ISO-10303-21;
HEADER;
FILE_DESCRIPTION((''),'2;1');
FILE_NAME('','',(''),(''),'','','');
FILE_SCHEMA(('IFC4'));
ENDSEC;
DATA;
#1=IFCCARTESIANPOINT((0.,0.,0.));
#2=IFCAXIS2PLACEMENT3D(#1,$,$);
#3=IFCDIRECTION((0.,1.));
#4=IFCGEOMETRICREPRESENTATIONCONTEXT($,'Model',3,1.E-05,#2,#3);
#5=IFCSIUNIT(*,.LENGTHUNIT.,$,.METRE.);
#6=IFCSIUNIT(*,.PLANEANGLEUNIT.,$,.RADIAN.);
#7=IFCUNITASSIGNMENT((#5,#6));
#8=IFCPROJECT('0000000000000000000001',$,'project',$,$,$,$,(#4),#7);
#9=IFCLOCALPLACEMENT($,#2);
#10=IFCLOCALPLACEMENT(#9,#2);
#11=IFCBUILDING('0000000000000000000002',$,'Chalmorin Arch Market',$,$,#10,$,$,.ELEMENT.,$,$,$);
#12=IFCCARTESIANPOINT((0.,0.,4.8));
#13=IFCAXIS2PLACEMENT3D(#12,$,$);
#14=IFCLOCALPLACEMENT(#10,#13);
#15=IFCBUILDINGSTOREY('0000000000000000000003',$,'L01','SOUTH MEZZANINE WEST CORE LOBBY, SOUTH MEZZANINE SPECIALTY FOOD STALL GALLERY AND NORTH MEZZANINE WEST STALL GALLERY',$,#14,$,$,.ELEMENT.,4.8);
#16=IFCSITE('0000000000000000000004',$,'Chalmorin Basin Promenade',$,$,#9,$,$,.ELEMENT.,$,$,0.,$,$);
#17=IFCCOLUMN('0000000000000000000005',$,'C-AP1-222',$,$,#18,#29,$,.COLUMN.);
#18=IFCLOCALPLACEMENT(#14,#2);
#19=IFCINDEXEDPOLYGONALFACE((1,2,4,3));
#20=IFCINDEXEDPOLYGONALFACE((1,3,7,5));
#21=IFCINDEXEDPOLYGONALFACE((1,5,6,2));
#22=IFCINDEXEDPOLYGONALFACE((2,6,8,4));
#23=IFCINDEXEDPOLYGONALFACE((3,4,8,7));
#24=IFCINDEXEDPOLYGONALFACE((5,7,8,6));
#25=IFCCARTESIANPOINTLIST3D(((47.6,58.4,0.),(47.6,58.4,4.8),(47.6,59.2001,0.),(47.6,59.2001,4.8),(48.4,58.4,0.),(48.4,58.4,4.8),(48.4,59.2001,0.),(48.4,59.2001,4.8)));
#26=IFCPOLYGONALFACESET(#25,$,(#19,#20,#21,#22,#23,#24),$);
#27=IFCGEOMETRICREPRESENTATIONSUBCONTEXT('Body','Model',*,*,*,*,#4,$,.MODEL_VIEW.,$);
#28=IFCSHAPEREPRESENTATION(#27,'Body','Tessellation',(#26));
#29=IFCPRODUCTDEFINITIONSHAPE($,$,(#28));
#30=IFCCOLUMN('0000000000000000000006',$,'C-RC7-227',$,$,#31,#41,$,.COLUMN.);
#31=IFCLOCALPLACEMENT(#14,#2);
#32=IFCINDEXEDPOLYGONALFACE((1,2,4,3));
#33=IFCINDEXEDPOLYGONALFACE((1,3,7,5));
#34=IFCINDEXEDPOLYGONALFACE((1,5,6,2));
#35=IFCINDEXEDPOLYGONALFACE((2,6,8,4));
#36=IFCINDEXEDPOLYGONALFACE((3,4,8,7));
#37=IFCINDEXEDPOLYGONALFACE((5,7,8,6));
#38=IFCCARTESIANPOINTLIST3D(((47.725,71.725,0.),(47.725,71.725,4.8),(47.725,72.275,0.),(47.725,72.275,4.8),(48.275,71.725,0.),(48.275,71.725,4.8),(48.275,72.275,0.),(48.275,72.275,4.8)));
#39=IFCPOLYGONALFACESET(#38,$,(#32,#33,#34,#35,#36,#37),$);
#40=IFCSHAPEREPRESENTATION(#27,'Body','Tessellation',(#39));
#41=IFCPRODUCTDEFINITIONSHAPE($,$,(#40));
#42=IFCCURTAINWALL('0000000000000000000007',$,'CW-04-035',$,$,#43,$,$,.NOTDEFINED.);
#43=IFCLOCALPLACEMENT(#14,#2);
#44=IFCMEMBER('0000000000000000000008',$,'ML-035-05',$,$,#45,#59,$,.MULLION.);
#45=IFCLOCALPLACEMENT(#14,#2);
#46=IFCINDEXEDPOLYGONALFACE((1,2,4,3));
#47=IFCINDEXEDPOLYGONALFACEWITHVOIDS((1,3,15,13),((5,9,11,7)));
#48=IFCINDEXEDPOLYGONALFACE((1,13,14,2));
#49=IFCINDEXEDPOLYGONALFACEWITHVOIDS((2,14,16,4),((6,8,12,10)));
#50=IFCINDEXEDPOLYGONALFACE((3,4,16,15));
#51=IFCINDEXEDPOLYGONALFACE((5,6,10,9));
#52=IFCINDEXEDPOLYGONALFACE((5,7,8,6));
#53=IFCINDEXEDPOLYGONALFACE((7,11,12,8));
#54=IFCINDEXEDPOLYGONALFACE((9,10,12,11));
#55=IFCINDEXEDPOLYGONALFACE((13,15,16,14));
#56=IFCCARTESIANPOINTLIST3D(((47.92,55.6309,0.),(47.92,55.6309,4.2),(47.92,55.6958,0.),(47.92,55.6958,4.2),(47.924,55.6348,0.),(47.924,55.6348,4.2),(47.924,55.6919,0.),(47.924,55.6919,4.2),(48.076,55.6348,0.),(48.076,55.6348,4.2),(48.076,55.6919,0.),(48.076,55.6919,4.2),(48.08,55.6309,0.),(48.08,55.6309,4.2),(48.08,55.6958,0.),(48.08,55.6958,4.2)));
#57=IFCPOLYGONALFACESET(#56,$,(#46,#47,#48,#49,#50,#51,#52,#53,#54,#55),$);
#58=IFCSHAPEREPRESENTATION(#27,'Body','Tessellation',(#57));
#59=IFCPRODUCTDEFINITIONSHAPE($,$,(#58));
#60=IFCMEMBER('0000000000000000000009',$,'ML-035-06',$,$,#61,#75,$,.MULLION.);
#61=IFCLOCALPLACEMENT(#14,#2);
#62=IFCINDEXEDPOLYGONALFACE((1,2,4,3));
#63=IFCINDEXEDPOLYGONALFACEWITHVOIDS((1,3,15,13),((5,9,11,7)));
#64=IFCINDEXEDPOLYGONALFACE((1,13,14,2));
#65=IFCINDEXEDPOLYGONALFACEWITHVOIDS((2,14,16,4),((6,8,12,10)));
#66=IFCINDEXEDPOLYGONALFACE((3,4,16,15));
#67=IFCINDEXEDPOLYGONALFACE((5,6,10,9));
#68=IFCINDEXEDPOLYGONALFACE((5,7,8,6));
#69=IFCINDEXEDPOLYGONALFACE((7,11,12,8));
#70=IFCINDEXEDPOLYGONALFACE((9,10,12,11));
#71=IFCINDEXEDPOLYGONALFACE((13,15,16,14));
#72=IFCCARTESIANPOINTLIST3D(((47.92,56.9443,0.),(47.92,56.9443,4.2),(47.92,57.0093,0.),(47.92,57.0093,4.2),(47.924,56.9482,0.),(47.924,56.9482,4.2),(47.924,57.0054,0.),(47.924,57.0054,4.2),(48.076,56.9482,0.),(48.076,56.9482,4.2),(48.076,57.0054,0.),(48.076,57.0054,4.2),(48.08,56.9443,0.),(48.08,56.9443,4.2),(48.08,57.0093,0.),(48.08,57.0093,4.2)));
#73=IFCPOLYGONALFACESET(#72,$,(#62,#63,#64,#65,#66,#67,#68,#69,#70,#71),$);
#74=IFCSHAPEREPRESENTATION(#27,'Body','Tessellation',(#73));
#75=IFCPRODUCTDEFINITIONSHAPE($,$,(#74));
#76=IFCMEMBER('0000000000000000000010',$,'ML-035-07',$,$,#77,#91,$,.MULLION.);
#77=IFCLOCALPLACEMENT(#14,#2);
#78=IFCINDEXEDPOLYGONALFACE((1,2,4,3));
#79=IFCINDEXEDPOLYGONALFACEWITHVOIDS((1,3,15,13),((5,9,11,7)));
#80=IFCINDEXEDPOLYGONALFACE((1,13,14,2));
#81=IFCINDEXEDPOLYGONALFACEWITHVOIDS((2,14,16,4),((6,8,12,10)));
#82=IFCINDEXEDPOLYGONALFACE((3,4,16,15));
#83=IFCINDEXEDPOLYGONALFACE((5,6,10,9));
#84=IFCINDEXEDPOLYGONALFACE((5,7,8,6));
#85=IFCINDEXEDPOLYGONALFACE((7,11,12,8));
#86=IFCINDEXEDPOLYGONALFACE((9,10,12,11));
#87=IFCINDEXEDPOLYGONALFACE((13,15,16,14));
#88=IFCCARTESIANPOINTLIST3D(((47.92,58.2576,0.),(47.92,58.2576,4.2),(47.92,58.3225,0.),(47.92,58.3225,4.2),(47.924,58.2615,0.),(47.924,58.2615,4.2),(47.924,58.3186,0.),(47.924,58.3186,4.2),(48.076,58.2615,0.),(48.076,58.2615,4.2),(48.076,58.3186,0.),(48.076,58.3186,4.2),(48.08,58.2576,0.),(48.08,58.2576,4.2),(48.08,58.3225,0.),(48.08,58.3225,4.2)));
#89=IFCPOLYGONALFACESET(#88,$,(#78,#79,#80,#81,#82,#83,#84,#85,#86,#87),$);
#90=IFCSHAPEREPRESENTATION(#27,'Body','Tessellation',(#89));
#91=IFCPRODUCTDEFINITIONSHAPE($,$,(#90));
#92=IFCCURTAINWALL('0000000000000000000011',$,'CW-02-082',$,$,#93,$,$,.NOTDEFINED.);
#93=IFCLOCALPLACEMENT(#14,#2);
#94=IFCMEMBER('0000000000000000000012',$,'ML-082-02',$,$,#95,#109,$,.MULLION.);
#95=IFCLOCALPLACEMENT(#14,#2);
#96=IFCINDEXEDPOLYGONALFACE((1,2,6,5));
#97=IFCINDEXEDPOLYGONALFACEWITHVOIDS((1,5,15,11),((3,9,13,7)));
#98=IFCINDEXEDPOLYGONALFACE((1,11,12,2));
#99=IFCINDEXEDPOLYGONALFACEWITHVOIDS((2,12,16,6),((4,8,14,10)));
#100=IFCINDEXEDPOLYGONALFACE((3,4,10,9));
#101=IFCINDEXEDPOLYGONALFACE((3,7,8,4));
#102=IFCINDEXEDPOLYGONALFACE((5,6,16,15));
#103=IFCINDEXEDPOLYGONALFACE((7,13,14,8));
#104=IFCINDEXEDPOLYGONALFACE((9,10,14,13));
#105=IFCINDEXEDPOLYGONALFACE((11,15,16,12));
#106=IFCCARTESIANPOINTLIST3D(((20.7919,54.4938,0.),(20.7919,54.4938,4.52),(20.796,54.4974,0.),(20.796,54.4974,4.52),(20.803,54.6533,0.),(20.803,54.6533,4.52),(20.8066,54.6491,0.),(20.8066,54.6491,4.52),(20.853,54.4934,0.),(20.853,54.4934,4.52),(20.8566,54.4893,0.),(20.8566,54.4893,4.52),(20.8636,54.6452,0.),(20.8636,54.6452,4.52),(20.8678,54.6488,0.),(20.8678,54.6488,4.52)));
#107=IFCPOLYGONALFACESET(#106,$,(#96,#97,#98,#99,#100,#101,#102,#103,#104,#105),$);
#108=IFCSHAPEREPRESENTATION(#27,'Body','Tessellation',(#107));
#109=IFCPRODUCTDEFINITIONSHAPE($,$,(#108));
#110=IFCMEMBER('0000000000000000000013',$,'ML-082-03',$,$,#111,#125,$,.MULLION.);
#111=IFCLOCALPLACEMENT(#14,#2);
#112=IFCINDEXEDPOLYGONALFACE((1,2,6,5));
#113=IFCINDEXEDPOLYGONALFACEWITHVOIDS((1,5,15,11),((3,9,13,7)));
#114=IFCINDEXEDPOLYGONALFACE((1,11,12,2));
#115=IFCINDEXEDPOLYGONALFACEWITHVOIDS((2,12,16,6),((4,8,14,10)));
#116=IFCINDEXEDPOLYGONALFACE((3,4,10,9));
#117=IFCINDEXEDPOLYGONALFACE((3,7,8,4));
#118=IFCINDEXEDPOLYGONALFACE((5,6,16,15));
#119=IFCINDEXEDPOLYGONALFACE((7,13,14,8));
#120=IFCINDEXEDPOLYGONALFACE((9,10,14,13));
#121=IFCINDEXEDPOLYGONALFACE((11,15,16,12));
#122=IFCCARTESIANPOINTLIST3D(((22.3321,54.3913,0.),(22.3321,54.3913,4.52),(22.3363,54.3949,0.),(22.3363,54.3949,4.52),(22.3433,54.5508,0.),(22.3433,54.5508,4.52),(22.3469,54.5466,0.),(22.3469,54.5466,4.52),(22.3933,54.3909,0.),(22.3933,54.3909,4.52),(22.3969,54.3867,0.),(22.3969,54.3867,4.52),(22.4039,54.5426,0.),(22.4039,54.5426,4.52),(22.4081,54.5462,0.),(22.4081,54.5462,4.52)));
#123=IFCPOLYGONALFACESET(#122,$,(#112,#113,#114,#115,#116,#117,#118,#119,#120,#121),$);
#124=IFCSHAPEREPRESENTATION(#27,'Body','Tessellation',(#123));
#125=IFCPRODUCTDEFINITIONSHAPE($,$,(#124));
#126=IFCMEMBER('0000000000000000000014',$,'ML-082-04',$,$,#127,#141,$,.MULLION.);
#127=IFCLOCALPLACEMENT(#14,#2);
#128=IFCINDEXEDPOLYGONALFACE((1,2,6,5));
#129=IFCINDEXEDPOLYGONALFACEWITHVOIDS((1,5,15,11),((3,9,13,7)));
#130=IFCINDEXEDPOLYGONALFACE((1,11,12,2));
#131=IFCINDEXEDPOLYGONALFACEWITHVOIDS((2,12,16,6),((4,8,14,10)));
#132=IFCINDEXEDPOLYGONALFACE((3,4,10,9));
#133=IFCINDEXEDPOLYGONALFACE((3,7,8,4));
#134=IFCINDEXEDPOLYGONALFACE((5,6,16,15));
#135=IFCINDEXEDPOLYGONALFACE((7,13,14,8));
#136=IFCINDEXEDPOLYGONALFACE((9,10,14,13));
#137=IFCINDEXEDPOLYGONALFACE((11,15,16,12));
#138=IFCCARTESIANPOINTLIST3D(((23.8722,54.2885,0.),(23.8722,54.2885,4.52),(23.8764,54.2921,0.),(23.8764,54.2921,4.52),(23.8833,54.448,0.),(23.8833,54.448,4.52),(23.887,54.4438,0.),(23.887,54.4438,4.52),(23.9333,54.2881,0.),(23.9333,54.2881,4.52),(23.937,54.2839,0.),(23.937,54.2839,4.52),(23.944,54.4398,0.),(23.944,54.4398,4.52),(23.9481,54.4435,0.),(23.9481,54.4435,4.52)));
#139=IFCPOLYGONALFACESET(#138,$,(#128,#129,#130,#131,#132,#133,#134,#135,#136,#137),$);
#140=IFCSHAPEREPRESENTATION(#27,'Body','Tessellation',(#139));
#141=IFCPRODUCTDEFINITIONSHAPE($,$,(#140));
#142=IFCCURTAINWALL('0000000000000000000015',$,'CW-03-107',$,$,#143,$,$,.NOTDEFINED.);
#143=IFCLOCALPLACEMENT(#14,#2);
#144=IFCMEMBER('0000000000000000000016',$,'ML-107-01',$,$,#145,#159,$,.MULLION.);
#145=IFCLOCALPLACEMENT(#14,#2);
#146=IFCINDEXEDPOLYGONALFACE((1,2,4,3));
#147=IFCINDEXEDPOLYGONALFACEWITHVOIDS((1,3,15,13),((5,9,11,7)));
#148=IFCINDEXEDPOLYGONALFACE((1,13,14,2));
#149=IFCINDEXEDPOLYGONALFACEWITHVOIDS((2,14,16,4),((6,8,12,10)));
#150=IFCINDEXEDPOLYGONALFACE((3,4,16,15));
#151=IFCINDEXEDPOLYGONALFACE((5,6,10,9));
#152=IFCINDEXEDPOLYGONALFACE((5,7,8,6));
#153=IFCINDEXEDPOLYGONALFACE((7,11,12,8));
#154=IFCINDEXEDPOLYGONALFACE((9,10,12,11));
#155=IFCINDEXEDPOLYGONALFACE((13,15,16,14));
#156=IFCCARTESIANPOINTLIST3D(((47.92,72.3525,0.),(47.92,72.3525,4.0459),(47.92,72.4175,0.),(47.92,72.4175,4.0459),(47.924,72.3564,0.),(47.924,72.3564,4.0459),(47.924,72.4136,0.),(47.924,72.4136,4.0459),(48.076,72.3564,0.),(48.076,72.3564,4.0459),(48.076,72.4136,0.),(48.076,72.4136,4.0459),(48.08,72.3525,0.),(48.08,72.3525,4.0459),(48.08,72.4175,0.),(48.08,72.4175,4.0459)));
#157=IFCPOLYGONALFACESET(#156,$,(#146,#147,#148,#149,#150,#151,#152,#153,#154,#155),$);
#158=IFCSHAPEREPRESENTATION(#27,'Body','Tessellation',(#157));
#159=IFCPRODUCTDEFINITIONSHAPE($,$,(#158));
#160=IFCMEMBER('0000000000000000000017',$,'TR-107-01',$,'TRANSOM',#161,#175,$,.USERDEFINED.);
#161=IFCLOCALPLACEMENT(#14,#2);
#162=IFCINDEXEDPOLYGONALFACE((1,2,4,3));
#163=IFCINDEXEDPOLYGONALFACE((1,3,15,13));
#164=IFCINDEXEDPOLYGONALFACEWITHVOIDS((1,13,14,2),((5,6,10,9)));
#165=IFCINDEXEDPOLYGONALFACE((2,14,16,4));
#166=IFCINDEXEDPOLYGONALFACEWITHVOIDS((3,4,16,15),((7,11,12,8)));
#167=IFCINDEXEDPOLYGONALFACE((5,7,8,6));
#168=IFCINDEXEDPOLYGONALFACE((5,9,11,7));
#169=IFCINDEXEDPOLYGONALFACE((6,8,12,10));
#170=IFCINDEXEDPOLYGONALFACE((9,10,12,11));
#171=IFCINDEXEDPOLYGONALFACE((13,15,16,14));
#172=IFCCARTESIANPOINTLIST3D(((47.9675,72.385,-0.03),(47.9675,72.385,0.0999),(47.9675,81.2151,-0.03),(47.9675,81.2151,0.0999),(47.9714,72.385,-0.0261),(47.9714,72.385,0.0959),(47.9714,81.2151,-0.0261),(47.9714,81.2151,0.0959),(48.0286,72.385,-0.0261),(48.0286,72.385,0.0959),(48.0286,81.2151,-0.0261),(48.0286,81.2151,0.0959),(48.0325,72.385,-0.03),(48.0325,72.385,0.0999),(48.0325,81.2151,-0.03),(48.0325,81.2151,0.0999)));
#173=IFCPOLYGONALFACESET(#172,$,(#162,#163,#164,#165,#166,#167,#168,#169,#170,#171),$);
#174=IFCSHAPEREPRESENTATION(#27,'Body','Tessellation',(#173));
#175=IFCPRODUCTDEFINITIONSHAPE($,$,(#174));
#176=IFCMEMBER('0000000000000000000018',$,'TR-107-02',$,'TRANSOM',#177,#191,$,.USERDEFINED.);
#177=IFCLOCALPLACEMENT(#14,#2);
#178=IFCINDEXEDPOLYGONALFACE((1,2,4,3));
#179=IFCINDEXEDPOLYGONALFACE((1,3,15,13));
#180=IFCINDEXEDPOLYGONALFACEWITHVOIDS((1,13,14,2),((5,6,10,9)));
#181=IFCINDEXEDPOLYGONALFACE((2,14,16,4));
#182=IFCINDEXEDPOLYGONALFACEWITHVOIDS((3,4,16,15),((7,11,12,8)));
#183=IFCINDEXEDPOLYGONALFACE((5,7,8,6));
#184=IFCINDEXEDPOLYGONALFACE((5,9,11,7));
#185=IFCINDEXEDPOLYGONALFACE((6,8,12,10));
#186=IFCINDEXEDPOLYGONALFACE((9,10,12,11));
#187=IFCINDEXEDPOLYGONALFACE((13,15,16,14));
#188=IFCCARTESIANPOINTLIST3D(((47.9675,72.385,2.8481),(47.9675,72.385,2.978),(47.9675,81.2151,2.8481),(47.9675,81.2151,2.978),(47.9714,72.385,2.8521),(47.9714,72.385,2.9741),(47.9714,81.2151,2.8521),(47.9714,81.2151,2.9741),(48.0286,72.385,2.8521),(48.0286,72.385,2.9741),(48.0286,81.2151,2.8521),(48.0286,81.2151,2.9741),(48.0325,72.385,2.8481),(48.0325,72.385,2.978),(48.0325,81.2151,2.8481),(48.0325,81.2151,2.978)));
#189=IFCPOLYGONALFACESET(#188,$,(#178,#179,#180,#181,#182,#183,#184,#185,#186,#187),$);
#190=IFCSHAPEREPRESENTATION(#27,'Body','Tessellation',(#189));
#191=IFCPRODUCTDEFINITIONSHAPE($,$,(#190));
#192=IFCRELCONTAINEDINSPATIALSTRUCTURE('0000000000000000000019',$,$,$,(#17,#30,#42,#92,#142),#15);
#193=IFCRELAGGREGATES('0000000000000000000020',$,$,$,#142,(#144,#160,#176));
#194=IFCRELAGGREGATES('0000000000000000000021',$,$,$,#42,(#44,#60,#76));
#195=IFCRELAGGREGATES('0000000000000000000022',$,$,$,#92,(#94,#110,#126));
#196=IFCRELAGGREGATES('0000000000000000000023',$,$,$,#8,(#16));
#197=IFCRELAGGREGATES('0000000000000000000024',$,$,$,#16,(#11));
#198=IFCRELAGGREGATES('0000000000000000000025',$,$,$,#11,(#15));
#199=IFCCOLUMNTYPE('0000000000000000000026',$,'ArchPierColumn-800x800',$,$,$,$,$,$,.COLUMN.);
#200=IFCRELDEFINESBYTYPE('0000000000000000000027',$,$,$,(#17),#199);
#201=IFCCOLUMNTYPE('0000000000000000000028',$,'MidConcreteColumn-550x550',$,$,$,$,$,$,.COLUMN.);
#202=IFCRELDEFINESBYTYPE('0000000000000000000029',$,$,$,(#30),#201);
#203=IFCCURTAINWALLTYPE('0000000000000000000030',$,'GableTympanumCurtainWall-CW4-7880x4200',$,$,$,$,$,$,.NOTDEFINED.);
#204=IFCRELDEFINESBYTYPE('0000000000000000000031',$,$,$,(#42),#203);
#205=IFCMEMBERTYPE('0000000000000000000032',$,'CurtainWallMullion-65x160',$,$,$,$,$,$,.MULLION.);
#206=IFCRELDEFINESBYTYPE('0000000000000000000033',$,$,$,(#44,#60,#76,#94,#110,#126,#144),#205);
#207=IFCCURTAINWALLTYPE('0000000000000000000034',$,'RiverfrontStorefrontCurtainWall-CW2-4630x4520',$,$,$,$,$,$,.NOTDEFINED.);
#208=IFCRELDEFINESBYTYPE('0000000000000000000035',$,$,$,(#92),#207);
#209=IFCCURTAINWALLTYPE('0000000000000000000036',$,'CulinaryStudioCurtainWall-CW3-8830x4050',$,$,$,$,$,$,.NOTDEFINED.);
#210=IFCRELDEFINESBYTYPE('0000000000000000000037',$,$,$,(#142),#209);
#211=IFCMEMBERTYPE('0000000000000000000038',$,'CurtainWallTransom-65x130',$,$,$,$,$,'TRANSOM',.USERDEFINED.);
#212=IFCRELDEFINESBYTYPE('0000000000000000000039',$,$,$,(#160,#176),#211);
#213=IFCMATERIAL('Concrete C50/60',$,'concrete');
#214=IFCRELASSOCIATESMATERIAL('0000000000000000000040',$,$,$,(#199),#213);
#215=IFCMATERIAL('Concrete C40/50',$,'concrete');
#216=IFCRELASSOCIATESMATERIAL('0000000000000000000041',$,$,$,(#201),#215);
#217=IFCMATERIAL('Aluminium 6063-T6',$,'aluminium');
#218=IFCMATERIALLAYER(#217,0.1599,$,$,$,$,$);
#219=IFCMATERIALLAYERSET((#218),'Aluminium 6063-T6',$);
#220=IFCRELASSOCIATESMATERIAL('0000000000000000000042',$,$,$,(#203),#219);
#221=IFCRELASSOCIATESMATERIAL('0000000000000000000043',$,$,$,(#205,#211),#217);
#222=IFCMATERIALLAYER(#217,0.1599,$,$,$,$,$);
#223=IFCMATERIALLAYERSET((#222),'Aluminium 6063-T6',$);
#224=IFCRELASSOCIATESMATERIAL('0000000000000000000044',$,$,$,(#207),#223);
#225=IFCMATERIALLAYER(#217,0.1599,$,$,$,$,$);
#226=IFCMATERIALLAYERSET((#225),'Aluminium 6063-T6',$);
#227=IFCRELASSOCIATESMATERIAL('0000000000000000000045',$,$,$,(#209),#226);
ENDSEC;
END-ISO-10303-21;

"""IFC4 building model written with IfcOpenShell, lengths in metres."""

from ifc_helpers import new_model, si_unit, direction, frame, origin, origin_2d, place, context, subcontext, project, spatial, rectangle, hollow_rectangle, extrude, material, layer, layer_set, material_profile, profile_set, type_object, element, aggregate, save


model = new_model("IFC4")

# Units and contexts
model_context = context("Model", 3, precision=1e-05, world=origin(), true_north=direction((0.0, 1.0)))
body_context = subcontext(model_context, "Body", "Model", "MODEL_VIEW")
ifc_project = project(units=[si_unit("LENGTHUNIT", "METRE"), si_unit("PLANEANGLEUNIT", "RADIAN")], contexts=[model_context])

# Site, building, storey
site_placement = place(None, origin())
site = spatial("IfcSite", under=ifc_project, at=site_placement, Name="Chalmorin Basin Promenade", CompositionType="ELEMENT", RefElevation=0.0)
building_placement = place(site_placement, origin())
building = spatial("IfcBuilding", under=site, at=building_placement, Name="Chalmorin Arch Market", CompositionType="ELEMENT")
storey_placement = place(building_placement, frame((0.0, 0.0, 4.8)))
storey = spatial("IfcBuildingStorey", under=building, at=storey_placement, Name="L01", Description="SOUTH MEZZANINE WEST CORE LOBBY, SOUTH MEZZANINE SPECIALTY FOOD STALL GALLERY AND NORTH MEZZANINE WEST STALL GALLERY", CompositionType="ELEMENT", Elevation=4.8)

# Columns
ifc_material_1 = material(Name="Concrete C50/60", Category="concrete")
ifc_material_profile_1 = material_profile(ifc_material_1, rectangle(XDim=0.8, YDim=0.8, at=origin_2d()), Name="RC800X800")
ifc_profile_set_1 = profile_set([ifc_material_profile_1], Name="Concrete C50/60")
column_type_1 = type_object("IfcColumnType", Name="ArchPierColumn-800x800", PredefinedType="COLUMN", material=ifc_profile_set_1)
column_1_placement = place(storey_placement, frame((48.0, 58.8, 0.0), z_axis=(0.0, 0.0, 1.0), x_axis=(1.0, 0.0, 0.0)))
element("IfcColumn", 1, at=column_1_placement, inside=storey, type_object=column_type_1, Name="C-AP1-222", PredefinedType="COLUMN", context=body_context, shape_type="SweptSolid", body=[
    extrude(rectangle(XDim=0.8, YDim=0.8, at=origin_2d()), origin(), (0.0, 0.0, 1.0), 4.8),
])
ifc_material_2 = material(Name="Concrete C40/50", Category="concrete")
ifc_material_profile_2 = material_profile(ifc_material_2, rectangle(XDim=0.55, YDim=0.55, at=origin_2d()), Name="RC550X550")
ifc_profile_set_2 = profile_set([ifc_material_profile_2], Name="Concrete C40/50")
column_type_2 = type_object("IfcColumnType", Name="MidConcreteColumn-550x550", PredefinedType="COLUMN", material=ifc_profile_set_2)
column_2_placement = place(storey_placement, frame((48.0, 72.0, 0.0), z_axis=(0.0, 0.0, 1.0), x_axis=(1.0, 0.0, 0.0)))
element("IfcColumn", 2, at=column_2_placement, inside=storey, type_object=column_type_2, Name="C-RC7-227", PredefinedType="COLUMN", context=body_context, shape_type="SweptSolid", body=[
    extrude(rectangle(XDim=0.55, YDim=0.55, at=origin_2d()), origin(), (0.0, 0.0, 1.0), 4.8),
])

# Curtain walls, members
ifc_material_3 = material(Name="Aluminium 6063-T6", Category="aluminium")
ifc_layer_1 = layer(ifc_material_3, 0.1599)
ifc_layer_set_1 = layer_set([ifc_layer_1], Name="Aluminium 6063-T6")
curtain_wall_type_1 = type_object("IfcCurtainWallType", Name="GableTympanumCurtainWall-CW4-7880x4200", PredefinedType="NOTDEFINED", material=ifc_layer_set_1)
curtain_wall_1_placement = place(storey_placement, origin())
curtain_wall_1 = element("IfcCurtainWall", 3, at=curtain_wall_1_placement, inside=storey, type_object=curtain_wall_type_1, Name="CW-04-035", PredefinedType="NOTDEFINED")
ifc_material_profile_3 = material_profile(ifc_material_3, hollow_rectangle(XDim=0.0649, YDim=0.1599, WallThickness=0.0039, at=origin_2d()), Name="ALU65X160X4")
ifc_profile_set_3 = profile_set([ifc_material_profile_3], Name="Aluminium 6063-T6")
member_type_1 = type_object("IfcMemberType", Name="CurtainWallMullion-65x160", PredefinedType="MULLION", material=ifc_profile_set_3)
member_1_placement = place(storey_placement, frame((48.0, 55.6633, 0.0), z_axis=(0.0, 0.0, 1.0), x_axis=(0.0, 1.0, 0.0)))
member_1 = element("IfcMember", 4, at=member_1_placement, type_object=member_type_1, Name="ML-035-05", PredefinedType="MULLION", context=body_context, shape_type="SweptSolid", body=[
    extrude(hollow_rectangle(XDim=0.0649, YDim=0.1599, WallThickness=0.0039, at=origin_2d()), origin(), (0.0, 0.0, 1.0), 4.2),
])
member_2_placement = place(storey_placement, frame((48.0, 56.9768, 0.0), z_axis=(0.0, 0.0, 1.0), x_axis=(0.0, 1.0, 0.0)))
member_2 = element("IfcMember", 5, at=member_2_placement, type_object=member_type_1, Name="ML-035-06", PredefinedType="MULLION", context=body_context, shape_type="SweptSolid", body=[
    extrude(hollow_rectangle(XDim=0.0649, YDim=0.1599, WallThickness=0.0039, at=origin_2d()), origin(), (0.0, 0.0, 1.0), 4.2),
])
member_3_placement = place(storey_placement, frame((48.0, 58.29, 0.0), z_axis=(0.0, 0.0, 1.0), x_axis=(0.0, 1.0, 0.0)))
member_3 = element("IfcMember", 6, at=member_3_placement, type_object=member_type_1, Name="ML-035-07", PredefinedType="MULLION", context=body_context, shape_type="SweptSolid", body=[
    extrude(hollow_rectangle(XDim=0.0649, YDim=0.1599, WallThickness=0.0039, at=origin_2d()), origin(), (0.0, 0.0, 1.0), 4.2),
])
ifc_layer_2 = layer(ifc_material_3, 0.1599)
ifc_layer_set_2 = layer_set([ifc_layer_2], Name="Aluminium 6063-T6")
curtain_wall_type_2 = type_object("IfcCurtainWallType", Name="RiverfrontStorefrontCurtainWall-CW2-4630x4520", PredefinedType="NOTDEFINED", material=ifc_layer_set_2)
curtain_wall_2_placement = place(storey_placement, origin())
curtain_wall_2 = element("IfcCurtainWall", 7, at=curtain_wall_2_placement, inside=storey, type_object=curtain_wall_type_2, Name="CW-02-082", PredefinedType="NOTDEFINED")
member_4_placement = place(storey_placement, frame((20.8298, 54.5713, 0.0), z_axis=(0.0, 0.0, 1.0), x_axis=(0.997564, -0.069756, 0.0)))
member_4 = element("IfcMember", 8, at=member_4_placement, type_object=member_type_1, Name="ML-082-02", PredefinedType="MULLION", context=body_context, shape_type="SweptSolid", body=[
    extrude(hollow_rectangle(XDim=0.0649, YDim=0.1599, WallThickness=0.0039, at=origin_2d()), origin(), (0.0, 0.0, 1.0), 4.52),
])
member_5_placement = place(storey_placement, frame((22.3701, 54.4688, 0.0), z_axis=(0.0, 0.0, 1.0), x_axis=(0.997564, -0.069756, 0.0)))
member_5 = element("IfcMember", 9, at=member_5_placement, type_object=member_type_1, Name="ML-082-03", PredefinedType="MULLION", context=body_context, shape_type="SweptSolid", body=[
    extrude(hollow_rectangle(XDim=0.0649, YDim=0.1599, WallThickness=0.0039, at=origin_2d()), origin(), (0.0, 0.0, 1.0), 4.52),
])
member_6_placement = place(storey_placement, frame((23.9102, 54.366, 0.0), z_axis=(0.0, 0.0, 1.0), x_axis=(0.997564, -0.069756, 0.0)))
member_6 = element("IfcMember", 10, at=member_6_placement, type_object=member_type_1, Name="ML-082-04", PredefinedType="MULLION", context=body_context, shape_type="SweptSolid", body=[
    extrude(hollow_rectangle(XDim=0.0649, YDim=0.1599, WallThickness=0.0039, at=origin_2d()), origin(), (0.0, 0.0, 1.0), 4.52),
])
ifc_layer_3 = layer(ifc_material_3, 0.1599)
ifc_layer_set_3 = layer_set([ifc_layer_3], Name="Aluminium 6063-T6")
curtain_wall_type_3 = type_object("IfcCurtainWallType", Name="CulinaryStudioCurtainWall-CW3-8830x4050", PredefinedType="NOTDEFINED", material=ifc_layer_set_3)
curtain_wall_3_placement = place(storey_placement, origin())
curtain_wall_3 = element("IfcCurtainWall", 11, at=curtain_wall_3_placement, inside=storey, type_object=curtain_wall_type_3, Name="CW-03-107", PredefinedType="NOTDEFINED")
member_7_placement = place(storey_placement, frame((48.0, 72.385, 0.0), z_axis=(0.0, 0.0, 1.0), x_axis=(0.0, 1.0, 0.0)))
member_7 = element("IfcMember", 12, at=member_7_placement, type_object=member_type_1, Name="ML-107-01", PredefinedType="MULLION", context=body_context, shape_type="SweptSolid", body=[
    extrude(hollow_rectangle(XDim=0.0649, YDim=0.1599, WallThickness=0.0039, at=origin_2d()), origin(), (0.0, 0.0, 1.0), 4.0459),
])
ifc_material_profile_4 = material_profile(ifc_material_3, hollow_rectangle(XDim=0.0649, YDim=0.1299, WallThickness=0.0039, at=origin_2d()), Name="ALU65X130X4")
ifc_profile_set_4 = profile_set([ifc_material_profile_4], Name="Aluminium 6063-T6")
member_type_2 = type_object("IfcMemberType", Name="CurtainWallTransom-65x130", ElementType="TRANSOM", PredefinedType="USERDEFINED", material=ifc_profile_set_4)
member_8_placement = place(storey_placement, frame((48.0, 72.385, 0.0349), z_axis=(0.0, 1.0, 0.0), x_axis=(-1.0, 0.0, 0.0)))
member_8 = element("IfcMember", 13, at=member_8_placement, type_object=member_type_2, Name="TR-107-01", ObjectType="TRANSOM", PredefinedType="USERDEFINED", context=body_context, shape_type="SweptSolid", body=[
    extrude(hollow_rectangle(XDim=0.0649, YDim=0.1299, WallThickness=0.0039, at=origin_2d()), origin(), (0.0, 0.0, 1.0), 8.8301),
])
member_9_placement = place(storey_placement, frame((48.0, 72.385, 2.9131), z_axis=(0.0, 1.0, 0.0), x_axis=(-1.0, 0.0, 0.0)))
member_9 = element("IfcMember", 14, at=member_9_placement, type_object=member_type_2, Name="TR-107-02", ObjectType="TRANSOM", PredefinedType="USERDEFINED", context=body_context, shape_type="SweptSolid", body=[
    extrude(hollow_rectangle(XDim=0.0649, YDim=0.1299, WallThickness=0.0039, at=origin_2d()), origin(), (0.0, 0.0, 1.0), 8.8301),
])
aggregate(curtain_wall_3, [member_7, member_8, member_9])

aggregate(curtain_wall_1, [member_1, member_2, member_3])
aggregate(curtain_wall_2, [member_4, member_5, member_6])

save(model, "model.ifc")
